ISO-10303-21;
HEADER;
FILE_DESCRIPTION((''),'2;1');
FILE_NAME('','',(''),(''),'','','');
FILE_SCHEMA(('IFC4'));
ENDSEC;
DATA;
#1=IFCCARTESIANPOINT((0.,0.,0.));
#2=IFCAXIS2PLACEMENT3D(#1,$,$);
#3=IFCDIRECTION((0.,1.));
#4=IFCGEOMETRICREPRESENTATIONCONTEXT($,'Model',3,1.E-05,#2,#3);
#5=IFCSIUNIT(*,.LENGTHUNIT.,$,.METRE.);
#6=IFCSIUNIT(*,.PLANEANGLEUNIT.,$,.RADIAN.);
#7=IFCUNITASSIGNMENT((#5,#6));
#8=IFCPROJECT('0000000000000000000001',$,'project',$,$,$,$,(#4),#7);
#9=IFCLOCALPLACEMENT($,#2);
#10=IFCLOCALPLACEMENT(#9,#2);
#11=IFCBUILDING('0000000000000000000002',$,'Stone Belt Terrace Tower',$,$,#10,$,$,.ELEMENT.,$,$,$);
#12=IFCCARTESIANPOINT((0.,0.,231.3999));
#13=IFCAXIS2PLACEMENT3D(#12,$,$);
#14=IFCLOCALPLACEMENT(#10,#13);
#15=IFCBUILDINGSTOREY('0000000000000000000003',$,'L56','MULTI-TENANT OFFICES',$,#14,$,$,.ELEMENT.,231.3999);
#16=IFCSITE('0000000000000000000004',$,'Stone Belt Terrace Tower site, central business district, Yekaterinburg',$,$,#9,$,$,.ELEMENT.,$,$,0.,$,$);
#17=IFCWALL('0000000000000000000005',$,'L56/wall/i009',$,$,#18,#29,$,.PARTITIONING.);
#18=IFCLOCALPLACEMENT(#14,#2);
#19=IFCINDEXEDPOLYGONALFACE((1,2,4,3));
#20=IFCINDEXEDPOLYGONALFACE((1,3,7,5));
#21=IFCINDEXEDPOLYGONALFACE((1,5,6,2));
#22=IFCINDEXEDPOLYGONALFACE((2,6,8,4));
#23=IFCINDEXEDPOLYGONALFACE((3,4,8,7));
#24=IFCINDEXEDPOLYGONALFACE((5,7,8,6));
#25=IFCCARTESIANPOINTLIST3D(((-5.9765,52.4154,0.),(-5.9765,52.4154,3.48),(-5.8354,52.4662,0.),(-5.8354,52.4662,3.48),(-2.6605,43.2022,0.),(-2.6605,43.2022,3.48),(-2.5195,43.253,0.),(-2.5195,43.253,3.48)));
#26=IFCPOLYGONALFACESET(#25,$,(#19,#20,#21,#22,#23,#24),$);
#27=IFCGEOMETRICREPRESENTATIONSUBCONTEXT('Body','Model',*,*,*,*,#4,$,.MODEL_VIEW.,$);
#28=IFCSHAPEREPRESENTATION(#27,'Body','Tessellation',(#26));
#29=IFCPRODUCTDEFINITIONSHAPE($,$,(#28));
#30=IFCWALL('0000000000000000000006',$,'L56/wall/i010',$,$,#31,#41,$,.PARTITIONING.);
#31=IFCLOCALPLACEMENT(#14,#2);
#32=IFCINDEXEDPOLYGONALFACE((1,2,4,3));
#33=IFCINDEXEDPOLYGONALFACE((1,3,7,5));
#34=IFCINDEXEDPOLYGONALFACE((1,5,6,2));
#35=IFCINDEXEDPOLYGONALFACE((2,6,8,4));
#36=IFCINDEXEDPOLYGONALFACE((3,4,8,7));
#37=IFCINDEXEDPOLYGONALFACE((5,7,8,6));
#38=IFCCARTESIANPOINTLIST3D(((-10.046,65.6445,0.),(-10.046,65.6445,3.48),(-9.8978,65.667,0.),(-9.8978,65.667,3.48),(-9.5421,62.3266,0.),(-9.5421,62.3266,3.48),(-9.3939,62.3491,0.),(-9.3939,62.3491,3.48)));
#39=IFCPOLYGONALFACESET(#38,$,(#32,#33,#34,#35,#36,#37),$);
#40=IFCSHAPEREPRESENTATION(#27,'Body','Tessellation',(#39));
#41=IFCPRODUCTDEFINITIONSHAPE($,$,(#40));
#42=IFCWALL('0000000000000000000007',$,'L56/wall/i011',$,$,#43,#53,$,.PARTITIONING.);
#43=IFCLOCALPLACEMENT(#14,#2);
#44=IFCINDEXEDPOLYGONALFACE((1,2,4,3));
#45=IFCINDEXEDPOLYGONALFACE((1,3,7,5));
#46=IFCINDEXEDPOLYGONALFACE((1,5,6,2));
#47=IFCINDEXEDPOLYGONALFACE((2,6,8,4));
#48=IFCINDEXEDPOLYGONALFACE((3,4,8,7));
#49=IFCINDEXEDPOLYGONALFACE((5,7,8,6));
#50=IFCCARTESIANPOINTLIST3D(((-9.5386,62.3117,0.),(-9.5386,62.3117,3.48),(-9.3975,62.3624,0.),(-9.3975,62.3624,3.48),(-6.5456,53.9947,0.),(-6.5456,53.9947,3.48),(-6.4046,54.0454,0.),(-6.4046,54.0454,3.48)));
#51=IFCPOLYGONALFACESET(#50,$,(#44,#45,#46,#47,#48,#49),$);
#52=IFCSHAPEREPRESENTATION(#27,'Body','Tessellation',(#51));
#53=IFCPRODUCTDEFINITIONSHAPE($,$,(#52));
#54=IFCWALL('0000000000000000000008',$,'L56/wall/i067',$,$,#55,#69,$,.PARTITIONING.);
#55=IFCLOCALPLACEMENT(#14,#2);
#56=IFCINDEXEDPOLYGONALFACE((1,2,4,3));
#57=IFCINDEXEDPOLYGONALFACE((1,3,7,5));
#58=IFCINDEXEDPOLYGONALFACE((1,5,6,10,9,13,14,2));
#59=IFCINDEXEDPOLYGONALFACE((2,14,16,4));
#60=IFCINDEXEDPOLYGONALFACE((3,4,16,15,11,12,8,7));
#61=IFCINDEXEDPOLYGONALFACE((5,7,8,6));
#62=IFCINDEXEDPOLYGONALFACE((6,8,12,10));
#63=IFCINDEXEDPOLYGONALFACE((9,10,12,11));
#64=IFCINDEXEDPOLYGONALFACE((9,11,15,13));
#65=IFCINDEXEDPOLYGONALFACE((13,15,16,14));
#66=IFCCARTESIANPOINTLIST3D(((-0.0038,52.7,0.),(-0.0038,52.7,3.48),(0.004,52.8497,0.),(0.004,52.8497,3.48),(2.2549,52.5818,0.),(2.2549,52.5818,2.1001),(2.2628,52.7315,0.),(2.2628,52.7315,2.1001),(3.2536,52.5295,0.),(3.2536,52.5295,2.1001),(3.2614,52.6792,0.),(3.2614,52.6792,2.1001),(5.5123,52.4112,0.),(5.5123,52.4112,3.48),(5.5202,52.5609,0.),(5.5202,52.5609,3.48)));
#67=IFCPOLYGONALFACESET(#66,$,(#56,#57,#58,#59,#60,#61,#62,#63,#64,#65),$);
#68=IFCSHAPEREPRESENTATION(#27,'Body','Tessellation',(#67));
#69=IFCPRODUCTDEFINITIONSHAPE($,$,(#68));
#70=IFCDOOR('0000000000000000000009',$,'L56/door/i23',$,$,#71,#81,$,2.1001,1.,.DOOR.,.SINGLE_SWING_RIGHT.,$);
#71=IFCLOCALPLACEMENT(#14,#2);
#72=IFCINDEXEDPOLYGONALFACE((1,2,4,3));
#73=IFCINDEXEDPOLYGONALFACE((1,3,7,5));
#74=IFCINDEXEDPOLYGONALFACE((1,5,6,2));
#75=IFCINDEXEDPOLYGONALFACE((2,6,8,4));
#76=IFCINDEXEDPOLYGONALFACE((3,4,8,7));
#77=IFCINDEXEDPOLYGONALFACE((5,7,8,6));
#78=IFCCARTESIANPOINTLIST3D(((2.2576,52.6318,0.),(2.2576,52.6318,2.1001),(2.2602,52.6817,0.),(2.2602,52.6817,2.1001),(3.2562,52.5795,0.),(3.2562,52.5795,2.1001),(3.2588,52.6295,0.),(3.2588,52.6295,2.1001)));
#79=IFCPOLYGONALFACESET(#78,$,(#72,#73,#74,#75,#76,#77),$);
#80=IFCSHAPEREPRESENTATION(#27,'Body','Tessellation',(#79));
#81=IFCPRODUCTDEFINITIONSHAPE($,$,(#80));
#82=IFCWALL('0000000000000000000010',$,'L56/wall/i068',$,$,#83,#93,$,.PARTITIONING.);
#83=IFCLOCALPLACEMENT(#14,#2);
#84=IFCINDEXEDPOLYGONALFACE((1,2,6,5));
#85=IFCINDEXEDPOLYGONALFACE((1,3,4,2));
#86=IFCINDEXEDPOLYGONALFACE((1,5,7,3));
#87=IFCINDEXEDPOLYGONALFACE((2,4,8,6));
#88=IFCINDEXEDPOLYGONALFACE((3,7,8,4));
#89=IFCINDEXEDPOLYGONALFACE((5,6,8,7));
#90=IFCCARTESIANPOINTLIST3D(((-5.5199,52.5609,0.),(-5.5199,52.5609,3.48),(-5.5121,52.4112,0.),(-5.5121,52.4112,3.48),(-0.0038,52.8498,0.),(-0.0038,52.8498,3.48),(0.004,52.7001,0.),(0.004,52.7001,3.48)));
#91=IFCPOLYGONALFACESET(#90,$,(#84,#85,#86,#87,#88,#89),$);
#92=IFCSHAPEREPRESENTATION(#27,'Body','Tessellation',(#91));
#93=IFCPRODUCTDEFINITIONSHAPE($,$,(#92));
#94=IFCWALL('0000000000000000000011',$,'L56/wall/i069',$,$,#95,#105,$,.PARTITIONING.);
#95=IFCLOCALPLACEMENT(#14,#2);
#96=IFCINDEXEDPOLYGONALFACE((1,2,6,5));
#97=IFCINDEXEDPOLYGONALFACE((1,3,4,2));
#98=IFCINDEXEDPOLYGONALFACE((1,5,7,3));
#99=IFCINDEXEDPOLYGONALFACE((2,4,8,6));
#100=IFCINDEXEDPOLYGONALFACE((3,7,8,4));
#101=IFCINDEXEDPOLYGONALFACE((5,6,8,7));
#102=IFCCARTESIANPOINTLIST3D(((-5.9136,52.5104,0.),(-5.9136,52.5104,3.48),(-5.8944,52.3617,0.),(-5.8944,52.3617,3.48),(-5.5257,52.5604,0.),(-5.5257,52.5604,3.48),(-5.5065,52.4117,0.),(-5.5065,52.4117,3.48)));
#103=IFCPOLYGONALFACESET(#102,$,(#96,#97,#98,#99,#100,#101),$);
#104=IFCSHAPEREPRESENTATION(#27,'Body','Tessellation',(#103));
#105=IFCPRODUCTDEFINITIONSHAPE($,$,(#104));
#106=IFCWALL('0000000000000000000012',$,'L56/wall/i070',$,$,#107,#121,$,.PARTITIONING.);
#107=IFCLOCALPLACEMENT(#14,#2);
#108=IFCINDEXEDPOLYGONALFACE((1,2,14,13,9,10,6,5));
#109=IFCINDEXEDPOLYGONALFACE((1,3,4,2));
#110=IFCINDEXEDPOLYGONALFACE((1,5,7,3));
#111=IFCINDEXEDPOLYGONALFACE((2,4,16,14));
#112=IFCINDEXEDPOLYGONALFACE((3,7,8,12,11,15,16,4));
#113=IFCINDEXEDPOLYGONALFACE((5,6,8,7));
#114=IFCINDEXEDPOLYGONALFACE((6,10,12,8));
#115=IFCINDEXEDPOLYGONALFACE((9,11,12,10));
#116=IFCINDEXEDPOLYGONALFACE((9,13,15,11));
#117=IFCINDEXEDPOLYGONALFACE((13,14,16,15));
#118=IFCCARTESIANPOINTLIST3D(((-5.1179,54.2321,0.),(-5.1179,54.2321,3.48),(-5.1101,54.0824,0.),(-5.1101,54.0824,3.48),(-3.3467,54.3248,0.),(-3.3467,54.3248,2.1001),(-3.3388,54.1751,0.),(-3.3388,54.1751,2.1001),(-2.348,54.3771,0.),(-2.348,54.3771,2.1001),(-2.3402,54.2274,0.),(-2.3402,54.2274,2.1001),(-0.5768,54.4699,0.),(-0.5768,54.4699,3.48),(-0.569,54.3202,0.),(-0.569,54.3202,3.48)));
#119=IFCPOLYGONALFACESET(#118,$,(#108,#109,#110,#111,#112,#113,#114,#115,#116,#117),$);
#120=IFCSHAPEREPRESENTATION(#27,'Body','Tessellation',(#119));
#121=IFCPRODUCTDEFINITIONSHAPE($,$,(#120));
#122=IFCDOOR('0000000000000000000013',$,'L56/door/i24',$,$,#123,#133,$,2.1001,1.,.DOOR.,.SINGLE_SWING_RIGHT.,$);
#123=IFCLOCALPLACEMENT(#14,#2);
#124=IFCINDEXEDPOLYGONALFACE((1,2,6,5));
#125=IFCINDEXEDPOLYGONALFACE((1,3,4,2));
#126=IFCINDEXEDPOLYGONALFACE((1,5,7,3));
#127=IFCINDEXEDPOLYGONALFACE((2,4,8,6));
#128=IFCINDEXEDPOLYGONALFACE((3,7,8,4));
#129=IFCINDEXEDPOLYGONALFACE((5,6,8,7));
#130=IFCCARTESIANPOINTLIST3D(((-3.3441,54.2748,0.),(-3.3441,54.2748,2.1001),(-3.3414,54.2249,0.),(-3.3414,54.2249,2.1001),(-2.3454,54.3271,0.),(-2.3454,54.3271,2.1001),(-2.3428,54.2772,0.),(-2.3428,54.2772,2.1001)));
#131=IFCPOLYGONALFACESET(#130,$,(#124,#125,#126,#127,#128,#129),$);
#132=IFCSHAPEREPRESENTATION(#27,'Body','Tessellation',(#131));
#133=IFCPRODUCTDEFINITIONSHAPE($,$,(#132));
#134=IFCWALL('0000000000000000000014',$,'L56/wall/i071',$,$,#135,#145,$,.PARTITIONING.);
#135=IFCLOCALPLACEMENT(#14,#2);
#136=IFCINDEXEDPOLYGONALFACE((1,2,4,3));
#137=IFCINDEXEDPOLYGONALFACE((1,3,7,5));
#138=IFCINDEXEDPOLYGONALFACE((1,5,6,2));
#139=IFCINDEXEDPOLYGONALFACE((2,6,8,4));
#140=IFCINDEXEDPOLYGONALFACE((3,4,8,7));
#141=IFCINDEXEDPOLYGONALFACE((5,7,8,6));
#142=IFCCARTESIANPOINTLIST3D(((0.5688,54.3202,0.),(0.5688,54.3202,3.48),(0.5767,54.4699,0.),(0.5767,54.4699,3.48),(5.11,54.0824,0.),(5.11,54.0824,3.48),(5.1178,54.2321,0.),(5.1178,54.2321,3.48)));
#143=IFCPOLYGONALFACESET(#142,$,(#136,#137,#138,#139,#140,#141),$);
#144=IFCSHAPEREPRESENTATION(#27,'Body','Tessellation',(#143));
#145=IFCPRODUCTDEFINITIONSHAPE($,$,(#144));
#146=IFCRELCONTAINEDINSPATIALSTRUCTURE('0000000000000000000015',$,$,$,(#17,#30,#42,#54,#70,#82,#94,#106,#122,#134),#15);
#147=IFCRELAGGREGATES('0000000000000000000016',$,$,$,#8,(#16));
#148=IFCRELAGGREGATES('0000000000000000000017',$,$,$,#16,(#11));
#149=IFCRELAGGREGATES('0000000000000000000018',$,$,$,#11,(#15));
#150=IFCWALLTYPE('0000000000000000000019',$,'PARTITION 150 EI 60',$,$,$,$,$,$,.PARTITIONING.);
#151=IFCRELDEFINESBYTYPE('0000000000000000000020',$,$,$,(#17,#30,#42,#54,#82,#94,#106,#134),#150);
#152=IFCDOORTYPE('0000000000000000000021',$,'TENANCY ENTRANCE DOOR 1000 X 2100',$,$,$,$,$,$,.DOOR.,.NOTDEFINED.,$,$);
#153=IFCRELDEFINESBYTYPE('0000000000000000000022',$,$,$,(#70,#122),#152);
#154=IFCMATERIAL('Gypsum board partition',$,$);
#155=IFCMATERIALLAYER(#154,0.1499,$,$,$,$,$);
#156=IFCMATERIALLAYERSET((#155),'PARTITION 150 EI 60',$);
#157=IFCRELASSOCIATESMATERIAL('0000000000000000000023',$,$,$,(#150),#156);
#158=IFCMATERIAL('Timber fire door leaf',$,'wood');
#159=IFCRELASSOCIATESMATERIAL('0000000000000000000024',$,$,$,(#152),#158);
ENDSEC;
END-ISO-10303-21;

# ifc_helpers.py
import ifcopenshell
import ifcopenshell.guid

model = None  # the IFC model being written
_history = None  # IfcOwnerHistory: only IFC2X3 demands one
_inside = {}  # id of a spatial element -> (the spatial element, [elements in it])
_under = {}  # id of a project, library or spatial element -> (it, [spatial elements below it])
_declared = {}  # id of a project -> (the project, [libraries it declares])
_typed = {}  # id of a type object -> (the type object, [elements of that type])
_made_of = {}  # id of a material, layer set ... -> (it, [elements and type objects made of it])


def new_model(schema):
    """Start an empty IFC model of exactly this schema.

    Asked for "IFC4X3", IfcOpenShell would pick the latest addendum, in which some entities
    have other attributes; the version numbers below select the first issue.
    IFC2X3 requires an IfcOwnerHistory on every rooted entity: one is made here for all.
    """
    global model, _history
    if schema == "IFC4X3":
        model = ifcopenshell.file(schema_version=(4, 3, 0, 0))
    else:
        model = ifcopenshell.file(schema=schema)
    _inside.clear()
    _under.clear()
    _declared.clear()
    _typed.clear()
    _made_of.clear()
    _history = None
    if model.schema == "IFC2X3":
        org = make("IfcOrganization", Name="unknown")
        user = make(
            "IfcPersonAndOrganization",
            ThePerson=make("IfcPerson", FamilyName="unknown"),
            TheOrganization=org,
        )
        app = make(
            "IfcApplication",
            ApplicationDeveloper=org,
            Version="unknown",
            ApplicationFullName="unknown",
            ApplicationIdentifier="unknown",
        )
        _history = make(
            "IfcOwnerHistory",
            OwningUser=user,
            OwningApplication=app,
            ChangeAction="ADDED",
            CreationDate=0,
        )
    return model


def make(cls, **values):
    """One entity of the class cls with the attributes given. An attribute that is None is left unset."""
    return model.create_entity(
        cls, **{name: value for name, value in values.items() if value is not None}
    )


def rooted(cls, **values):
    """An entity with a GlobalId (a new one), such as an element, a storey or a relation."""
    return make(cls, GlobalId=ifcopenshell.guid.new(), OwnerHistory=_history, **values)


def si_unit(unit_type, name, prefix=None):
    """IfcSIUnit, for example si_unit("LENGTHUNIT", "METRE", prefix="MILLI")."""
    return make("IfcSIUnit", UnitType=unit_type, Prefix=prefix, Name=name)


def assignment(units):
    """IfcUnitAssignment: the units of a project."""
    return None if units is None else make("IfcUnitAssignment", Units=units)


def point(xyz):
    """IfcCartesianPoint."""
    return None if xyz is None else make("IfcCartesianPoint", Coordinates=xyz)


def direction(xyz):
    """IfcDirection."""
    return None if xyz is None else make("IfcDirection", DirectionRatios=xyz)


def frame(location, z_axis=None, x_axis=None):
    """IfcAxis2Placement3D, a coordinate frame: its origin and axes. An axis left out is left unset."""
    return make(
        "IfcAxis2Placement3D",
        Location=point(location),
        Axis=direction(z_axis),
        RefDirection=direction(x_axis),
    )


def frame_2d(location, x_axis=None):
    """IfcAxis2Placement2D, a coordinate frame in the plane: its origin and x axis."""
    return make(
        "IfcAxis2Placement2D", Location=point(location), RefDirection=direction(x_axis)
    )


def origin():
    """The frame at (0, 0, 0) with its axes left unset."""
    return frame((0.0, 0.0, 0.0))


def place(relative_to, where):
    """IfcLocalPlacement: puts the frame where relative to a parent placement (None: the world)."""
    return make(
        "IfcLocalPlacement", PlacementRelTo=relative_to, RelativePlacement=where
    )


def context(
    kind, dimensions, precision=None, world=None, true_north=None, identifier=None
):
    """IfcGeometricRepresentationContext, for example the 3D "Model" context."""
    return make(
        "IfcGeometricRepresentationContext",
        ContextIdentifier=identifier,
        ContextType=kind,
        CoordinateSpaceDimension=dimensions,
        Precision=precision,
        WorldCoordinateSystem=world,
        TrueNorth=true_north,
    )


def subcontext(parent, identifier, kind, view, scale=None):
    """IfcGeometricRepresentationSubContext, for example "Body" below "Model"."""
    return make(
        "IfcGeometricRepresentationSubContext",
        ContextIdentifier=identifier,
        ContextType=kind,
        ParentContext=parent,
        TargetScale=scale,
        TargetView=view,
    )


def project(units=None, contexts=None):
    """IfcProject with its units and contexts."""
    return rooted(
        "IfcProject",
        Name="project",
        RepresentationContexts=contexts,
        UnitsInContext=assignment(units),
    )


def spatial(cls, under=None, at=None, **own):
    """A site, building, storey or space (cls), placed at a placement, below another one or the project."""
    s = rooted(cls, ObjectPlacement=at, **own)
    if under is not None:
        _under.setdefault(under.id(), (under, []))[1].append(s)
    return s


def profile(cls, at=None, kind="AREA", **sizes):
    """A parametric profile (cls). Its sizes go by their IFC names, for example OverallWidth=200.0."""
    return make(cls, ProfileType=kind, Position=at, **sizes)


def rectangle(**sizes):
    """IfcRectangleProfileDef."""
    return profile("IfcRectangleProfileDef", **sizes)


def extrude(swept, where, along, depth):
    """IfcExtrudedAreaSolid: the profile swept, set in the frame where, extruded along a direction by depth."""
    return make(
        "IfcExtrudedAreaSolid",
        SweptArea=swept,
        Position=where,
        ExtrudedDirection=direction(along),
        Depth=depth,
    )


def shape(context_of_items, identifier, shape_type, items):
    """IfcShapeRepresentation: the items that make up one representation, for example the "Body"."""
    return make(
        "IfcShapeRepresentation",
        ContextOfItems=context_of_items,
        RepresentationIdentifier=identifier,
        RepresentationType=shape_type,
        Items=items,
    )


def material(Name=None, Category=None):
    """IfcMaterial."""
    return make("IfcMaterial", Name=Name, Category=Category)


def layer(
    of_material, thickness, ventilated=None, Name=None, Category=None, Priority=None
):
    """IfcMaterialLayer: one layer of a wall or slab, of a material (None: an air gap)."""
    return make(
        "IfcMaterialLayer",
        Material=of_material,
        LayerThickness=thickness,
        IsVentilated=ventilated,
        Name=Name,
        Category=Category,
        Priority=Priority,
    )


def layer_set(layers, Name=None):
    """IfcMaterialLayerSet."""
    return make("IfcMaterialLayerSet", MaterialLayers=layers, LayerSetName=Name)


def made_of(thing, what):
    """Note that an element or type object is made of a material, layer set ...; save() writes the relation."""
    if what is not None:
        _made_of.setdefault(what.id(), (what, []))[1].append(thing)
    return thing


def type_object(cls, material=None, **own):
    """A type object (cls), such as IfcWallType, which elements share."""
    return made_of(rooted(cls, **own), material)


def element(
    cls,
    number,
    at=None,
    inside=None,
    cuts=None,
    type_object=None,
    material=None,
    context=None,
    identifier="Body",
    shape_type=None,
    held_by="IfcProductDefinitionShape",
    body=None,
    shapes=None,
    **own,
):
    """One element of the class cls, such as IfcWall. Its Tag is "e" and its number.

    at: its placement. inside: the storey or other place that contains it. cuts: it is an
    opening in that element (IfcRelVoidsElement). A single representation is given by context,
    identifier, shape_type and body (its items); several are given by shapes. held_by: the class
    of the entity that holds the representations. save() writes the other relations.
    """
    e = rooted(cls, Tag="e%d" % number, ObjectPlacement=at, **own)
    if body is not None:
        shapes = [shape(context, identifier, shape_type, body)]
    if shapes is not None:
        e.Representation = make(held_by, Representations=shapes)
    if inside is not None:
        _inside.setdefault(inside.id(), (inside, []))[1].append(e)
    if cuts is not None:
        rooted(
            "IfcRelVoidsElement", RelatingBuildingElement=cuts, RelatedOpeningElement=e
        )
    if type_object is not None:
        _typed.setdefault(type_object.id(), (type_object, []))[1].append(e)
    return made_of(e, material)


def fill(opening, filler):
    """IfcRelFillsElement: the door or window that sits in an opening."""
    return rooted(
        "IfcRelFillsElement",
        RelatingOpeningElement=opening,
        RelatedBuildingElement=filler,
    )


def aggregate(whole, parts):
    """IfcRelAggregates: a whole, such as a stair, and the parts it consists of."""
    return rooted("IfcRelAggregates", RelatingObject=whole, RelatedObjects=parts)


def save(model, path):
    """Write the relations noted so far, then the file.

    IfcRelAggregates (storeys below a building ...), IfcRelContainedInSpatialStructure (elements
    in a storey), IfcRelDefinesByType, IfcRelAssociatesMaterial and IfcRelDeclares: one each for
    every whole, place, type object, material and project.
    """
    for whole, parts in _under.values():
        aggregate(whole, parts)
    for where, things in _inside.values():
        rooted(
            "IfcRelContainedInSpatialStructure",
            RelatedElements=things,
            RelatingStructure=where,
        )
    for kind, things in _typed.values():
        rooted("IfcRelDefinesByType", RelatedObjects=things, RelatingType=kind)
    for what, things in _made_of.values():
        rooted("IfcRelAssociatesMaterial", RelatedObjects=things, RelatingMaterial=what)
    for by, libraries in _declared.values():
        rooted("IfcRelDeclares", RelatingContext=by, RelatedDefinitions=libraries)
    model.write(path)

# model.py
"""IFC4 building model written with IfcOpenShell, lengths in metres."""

from ifc_helpers import new_model, si_unit, direction, frame, frame_2d, origin, place, context, subcontext, project, spatial, rectangle, extrude, material, layer, layer_set, type_object, element, fill, save


model = new_model("IFC4")

# Units and contexts
model_context = context("Model", 3, precision=1e-05, world=origin(), true_north=direction((0.0, 1.0)))
body_context = subcontext(model_context, "Body", "Model", "MODEL_VIEW")
ifc_project = project(units=[si_unit("LENGTHUNIT", "METRE"), si_unit("PLANEANGLEUNIT", "RADIAN")], contexts=[model_context])

# Site, building, storey
site_placement = place(None, origin())
site = spatial("IfcSite", under=ifc_project, at=site_placement, Name="Stone Belt Terrace Tower site, central business district, Yekaterinburg", CompositionType="ELEMENT", RefElevation=0.0)
building_placement = place(site_placement, origin())
building = spatial("IfcBuilding", under=site, at=building_placement, Name="Stone Belt Terrace Tower", CompositionType="ELEMENT")
storey_placement = place(building_placement, frame((0.0, 0.0, 231.3999)))
storey = spatial("IfcBuildingStorey", under=building, at=storey_placement, Name="L56", Description="MULTI-TENANT OFFICES", CompositionType="ELEMENT", Elevation=231.3999)

# Walls
ifc_material_1 = material(Name="Gypsum board partition")
ifc_layer_1 = layer(ifc_material_1, 0.1499)
ifc_layer_set_1 = layer_set([ifc_layer_1], Name="PARTITION 150 EI 60")
wall_type_1 = type_object("IfcWallType", Name="PARTITION 150 EI 60", PredefinedType="PARTITIONING", material=ifc_layer_set_1)
wall_1_placement = place(storey_placement, frame((-5.906, 52.4409, 0.0), z_axis=(0.0, 0.0, 1.0), x_axis=(0.338646, -0.940914, 0.0)))
element("IfcWall", 1, at=wall_1_placement, inside=storey, type_object=wall_type_1, Name="L56/wall/i009", PredefinedType="PARTITIONING", context=body_context, shape_type="SweptSolid", body=[
    extrude(rectangle(XDim=9.7917, YDim=0.1499, at=frame_2d((4.896, 0.0))), origin(), (0.0, 0.0, 1.0), 3.48),
])
wall_2_placement = place(storey_placement, frame((-9.9719, 65.6558, 0.0), z_axis=(0.0, 0.0, 1.0), x_axis=(0.150154, -0.988663, 0.0)))
element("IfcWall", 2, at=wall_2_placement, inside=storey, type_object=wall_type_1, Name="L56/wall/i010", PredefinedType="PARTITIONING", context=body_context, shape_type="SweptSolid", body=[
    extrude(rectangle(XDim=3.356, YDim=0.1499, at=frame_2d((1.678, 0.0))), origin(), (0.0, 0.0, 1.0), 3.48),
])
wall_3_placement = place(storey_placement, frame((-9.468, 62.3369, 0.0), z_axis=(0.0, 0.0, 1.0), x_axis=(0.338603, -0.940929, 0.0)))
element("IfcWall", 3, at=wall_3_placement, inside=storey, type_object=wall_type_1, Name="L56/wall/i011", PredefinedType="PARTITIONING", context=body_context, shape_type="SweptSolid", body=[
    extrude(rectangle(XDim=8.8391, YDim=0.1499, at=frame_2d((4.4194, 0.0))), origin(), (0.0, 0.0, 1.0), 3.48),
])

# Wall, opening, door
wall_4_placement = place(storey_placement, frame((5.5161, 52.4861, 0.0), z_axis=(0.0, 0.0, 1.0), x_axis=(-0.998632, 0.052287, 0.0)))
wall_4 = element("IfcWall", 4, at=wall_4_placement, inside=storey, type_object=wall_type_1, Name="L56/wall/i067", PredefinedType="PARTITIONING", context=body_context, shape_type="SweptSolid", body=[
    extrude(rectangle(XDim=5.5237, YDim=0.1499, at=frame_2d((2.7617, 0.0))), origin(), (0.0, 0.0, 1.0), 3.48),
])
opening_1_placement = place(wall_4_placement, frame((2.2617, 0.0, 0.0)))
opening_1 = element("IfcOpeningElement", 5, at=opening_1_placement, cuts=wall_4, PredefinedType="OPENING", context=body_context, shape_type="SweptSolid", body=[
    extrude(rectangle(XDim=1.0, YDim=2.1001, at=frame_2d((0.5, 1.05))), frame((0.0, 0.085, 0.0), z_axis=(0.0, -1.0, 0.0), x_axis=(1.0, 0.0, 0.0)), (0.0, 0.0, 1.0), 0.1699),
])
ifc_material_2 = material(Name="Timber fire door leaf", Category="wood")
door_type_1 = type_object("IfcDoorType", Name="TENANCY ENTRANCE DOOR 1000 X 2100", OperationType="NOTDEFINED", PredefinedType="DOOR", material=ifc_material_2)
door_1_placement = place(opening_1_placement, origin())
door_1 = element("IfcDoor", 6, at=door_1_placement, inside=storey, type_object=door_type_1, Name="L56/door/i23", OperationType="SINGLE_SWING_RIGHT", OverallHeight=2.1001, OverallWidth=1.0, PredefinedType="DOOR", context=body_context, shape_type="SweptSolid", body=[
    extrude(rectangle(XDim=1.0, YDim=2.1001, at=frame_2d((0.5, 1.05))), frame((0.0, 0.0249, 0.0), z_axis=(0.0, -1.0, 0.0), x_axis=(1.0, 0.0, 0.0)), (0.0, 0.0, 1.0), 0.05),
])
fill(opening_1, door_1)

# Walls
wall_5_placement = place(storey_placement, frame((0.0, 52.7749, 0.0), z_axis=(0.0, 0.0, 1.0), x_axis=(-0.998632, -0.052287, 0.0)))
element("IfcWall", 7, at=wall_5_placement, inside=storey, type_object=wall_type_1, Name="L56/wall/i068", PredefinedType="PARTITIONING", context=body_context, shape_type="SweptSolid", body=[
    extrude(rectangle(XDim=5.5237, YDim=0.1499, at=frame_2d((2.7617, 0.0))), origin(), (0.0, 0.0, 1.0), 3.48),
])
wall_6_placement = place(storey_placement, frame((-5.5161, 52.4861, 0.0), z_axis=(0.0, 0.0, 1.0), x_axis=(-0.99178, -0.127952, 0.0)))
element("IfcWall", 8, at=wall_6_placement, inside=storey, type_object=wall_type_1, Name="L56/wall/i069", PredefinedType="PARTITIONING", context=body_context, shape_type="SweptSolid", body=[
    extrude(rectangle(XDim=0.3911, YDim=0.1499, at=frame_2d((0.1956, 0.0))), origin(), (0.0, 0.0, 1.0), 3.48),
])

# Wall, opening, door
wall_7_placement = place(storey_placement, frame((-5.114, 54.1572, 0.0), z_axis=(0.0, 0.0, 1.0), x_axis=(0.998632, 0.052291, 0.0)))
wall_7 = element("IfcWall", 9, at=wall_7_placement, inside=storey, type_object=wall_type_1, Name="L56/wall/i070", PredefinedType="PARTITIONING", context=body_context, shape_type="SweptSolid", body=[
    extrude(rectangle(XDim=4.5474, YDim=0.1499, at=frame_2d((2.2737, 0.0))), origin(), (0.0, 0.0, 1.0), 3.48),
])
opening_2_placement = place(wall_7_placement, frame((1.7737, 0.0, 0.0)))
opening_2 = element("IfcOpeningElement", 10, at=opening_2_placement, cuts=wall_7, PredefinedType="OPENING", context=body_context, shape_type="SweptSolid", body=[
    extrude(rectangle(XDim=1.0, YDim=2.1001, at=frame_2d((0.5, 1.05))), frame((0.0, 0.085, 0.0), z_axis=(0.0, -1.0, 0.0), x_axis=(1.0, 0.0, 0.0)), (0.0, 0.0, 1.0), 0.1699),
])
door_2_placement = place(opening_2_placement, origin())
door_2 = element("IfcDoor", 11, at=door_2_placement, inside=storey, type_object=door_type_1, Name="L56/door/i24", OperationType="SINGLE_SWING_RIGHT", OverallHeight=2.1001, OverallWidth=1.0, PredefinedType="DOOR", context=body_context, shape_type="SweptSolid", body=[
    extrude(rectangle(XDim=1.0, YDim=2.1001, at=frame_2d((0.5, 1.05))), frame((0.0, 0.0249, 0.0), z_axis=(0.0, -1.0, 0.0), x_axis=(1.0, 0.0, 0.0)), (0.0, 0.0, 1.0), 0.05),
])
fill(opening_2, door_2)

# Wall
wall_8_placement = place(storey_placement, frame((0.5728, 54.395, 0.0), z_axis=(0.0, 0.0, 1.0), x_axis=(0.998632, -0.052291, 0.0)))
element("IfcWall", 12, at=wall_8_placement, inside=storey, type_object=wall_type_1, Name="L56/wall/i071", PredefinedType="PARTITIONING", context=body_context, shape_type="SweptSolid", body=[
    extrude(rectangle(XDim=4.5474, YDim=0.1499, at=frame_2d((2.2737, 0.0))), origin(), (0.0, 0.0, 1.0), 3.48),
])

save(model, "model.ifc")
